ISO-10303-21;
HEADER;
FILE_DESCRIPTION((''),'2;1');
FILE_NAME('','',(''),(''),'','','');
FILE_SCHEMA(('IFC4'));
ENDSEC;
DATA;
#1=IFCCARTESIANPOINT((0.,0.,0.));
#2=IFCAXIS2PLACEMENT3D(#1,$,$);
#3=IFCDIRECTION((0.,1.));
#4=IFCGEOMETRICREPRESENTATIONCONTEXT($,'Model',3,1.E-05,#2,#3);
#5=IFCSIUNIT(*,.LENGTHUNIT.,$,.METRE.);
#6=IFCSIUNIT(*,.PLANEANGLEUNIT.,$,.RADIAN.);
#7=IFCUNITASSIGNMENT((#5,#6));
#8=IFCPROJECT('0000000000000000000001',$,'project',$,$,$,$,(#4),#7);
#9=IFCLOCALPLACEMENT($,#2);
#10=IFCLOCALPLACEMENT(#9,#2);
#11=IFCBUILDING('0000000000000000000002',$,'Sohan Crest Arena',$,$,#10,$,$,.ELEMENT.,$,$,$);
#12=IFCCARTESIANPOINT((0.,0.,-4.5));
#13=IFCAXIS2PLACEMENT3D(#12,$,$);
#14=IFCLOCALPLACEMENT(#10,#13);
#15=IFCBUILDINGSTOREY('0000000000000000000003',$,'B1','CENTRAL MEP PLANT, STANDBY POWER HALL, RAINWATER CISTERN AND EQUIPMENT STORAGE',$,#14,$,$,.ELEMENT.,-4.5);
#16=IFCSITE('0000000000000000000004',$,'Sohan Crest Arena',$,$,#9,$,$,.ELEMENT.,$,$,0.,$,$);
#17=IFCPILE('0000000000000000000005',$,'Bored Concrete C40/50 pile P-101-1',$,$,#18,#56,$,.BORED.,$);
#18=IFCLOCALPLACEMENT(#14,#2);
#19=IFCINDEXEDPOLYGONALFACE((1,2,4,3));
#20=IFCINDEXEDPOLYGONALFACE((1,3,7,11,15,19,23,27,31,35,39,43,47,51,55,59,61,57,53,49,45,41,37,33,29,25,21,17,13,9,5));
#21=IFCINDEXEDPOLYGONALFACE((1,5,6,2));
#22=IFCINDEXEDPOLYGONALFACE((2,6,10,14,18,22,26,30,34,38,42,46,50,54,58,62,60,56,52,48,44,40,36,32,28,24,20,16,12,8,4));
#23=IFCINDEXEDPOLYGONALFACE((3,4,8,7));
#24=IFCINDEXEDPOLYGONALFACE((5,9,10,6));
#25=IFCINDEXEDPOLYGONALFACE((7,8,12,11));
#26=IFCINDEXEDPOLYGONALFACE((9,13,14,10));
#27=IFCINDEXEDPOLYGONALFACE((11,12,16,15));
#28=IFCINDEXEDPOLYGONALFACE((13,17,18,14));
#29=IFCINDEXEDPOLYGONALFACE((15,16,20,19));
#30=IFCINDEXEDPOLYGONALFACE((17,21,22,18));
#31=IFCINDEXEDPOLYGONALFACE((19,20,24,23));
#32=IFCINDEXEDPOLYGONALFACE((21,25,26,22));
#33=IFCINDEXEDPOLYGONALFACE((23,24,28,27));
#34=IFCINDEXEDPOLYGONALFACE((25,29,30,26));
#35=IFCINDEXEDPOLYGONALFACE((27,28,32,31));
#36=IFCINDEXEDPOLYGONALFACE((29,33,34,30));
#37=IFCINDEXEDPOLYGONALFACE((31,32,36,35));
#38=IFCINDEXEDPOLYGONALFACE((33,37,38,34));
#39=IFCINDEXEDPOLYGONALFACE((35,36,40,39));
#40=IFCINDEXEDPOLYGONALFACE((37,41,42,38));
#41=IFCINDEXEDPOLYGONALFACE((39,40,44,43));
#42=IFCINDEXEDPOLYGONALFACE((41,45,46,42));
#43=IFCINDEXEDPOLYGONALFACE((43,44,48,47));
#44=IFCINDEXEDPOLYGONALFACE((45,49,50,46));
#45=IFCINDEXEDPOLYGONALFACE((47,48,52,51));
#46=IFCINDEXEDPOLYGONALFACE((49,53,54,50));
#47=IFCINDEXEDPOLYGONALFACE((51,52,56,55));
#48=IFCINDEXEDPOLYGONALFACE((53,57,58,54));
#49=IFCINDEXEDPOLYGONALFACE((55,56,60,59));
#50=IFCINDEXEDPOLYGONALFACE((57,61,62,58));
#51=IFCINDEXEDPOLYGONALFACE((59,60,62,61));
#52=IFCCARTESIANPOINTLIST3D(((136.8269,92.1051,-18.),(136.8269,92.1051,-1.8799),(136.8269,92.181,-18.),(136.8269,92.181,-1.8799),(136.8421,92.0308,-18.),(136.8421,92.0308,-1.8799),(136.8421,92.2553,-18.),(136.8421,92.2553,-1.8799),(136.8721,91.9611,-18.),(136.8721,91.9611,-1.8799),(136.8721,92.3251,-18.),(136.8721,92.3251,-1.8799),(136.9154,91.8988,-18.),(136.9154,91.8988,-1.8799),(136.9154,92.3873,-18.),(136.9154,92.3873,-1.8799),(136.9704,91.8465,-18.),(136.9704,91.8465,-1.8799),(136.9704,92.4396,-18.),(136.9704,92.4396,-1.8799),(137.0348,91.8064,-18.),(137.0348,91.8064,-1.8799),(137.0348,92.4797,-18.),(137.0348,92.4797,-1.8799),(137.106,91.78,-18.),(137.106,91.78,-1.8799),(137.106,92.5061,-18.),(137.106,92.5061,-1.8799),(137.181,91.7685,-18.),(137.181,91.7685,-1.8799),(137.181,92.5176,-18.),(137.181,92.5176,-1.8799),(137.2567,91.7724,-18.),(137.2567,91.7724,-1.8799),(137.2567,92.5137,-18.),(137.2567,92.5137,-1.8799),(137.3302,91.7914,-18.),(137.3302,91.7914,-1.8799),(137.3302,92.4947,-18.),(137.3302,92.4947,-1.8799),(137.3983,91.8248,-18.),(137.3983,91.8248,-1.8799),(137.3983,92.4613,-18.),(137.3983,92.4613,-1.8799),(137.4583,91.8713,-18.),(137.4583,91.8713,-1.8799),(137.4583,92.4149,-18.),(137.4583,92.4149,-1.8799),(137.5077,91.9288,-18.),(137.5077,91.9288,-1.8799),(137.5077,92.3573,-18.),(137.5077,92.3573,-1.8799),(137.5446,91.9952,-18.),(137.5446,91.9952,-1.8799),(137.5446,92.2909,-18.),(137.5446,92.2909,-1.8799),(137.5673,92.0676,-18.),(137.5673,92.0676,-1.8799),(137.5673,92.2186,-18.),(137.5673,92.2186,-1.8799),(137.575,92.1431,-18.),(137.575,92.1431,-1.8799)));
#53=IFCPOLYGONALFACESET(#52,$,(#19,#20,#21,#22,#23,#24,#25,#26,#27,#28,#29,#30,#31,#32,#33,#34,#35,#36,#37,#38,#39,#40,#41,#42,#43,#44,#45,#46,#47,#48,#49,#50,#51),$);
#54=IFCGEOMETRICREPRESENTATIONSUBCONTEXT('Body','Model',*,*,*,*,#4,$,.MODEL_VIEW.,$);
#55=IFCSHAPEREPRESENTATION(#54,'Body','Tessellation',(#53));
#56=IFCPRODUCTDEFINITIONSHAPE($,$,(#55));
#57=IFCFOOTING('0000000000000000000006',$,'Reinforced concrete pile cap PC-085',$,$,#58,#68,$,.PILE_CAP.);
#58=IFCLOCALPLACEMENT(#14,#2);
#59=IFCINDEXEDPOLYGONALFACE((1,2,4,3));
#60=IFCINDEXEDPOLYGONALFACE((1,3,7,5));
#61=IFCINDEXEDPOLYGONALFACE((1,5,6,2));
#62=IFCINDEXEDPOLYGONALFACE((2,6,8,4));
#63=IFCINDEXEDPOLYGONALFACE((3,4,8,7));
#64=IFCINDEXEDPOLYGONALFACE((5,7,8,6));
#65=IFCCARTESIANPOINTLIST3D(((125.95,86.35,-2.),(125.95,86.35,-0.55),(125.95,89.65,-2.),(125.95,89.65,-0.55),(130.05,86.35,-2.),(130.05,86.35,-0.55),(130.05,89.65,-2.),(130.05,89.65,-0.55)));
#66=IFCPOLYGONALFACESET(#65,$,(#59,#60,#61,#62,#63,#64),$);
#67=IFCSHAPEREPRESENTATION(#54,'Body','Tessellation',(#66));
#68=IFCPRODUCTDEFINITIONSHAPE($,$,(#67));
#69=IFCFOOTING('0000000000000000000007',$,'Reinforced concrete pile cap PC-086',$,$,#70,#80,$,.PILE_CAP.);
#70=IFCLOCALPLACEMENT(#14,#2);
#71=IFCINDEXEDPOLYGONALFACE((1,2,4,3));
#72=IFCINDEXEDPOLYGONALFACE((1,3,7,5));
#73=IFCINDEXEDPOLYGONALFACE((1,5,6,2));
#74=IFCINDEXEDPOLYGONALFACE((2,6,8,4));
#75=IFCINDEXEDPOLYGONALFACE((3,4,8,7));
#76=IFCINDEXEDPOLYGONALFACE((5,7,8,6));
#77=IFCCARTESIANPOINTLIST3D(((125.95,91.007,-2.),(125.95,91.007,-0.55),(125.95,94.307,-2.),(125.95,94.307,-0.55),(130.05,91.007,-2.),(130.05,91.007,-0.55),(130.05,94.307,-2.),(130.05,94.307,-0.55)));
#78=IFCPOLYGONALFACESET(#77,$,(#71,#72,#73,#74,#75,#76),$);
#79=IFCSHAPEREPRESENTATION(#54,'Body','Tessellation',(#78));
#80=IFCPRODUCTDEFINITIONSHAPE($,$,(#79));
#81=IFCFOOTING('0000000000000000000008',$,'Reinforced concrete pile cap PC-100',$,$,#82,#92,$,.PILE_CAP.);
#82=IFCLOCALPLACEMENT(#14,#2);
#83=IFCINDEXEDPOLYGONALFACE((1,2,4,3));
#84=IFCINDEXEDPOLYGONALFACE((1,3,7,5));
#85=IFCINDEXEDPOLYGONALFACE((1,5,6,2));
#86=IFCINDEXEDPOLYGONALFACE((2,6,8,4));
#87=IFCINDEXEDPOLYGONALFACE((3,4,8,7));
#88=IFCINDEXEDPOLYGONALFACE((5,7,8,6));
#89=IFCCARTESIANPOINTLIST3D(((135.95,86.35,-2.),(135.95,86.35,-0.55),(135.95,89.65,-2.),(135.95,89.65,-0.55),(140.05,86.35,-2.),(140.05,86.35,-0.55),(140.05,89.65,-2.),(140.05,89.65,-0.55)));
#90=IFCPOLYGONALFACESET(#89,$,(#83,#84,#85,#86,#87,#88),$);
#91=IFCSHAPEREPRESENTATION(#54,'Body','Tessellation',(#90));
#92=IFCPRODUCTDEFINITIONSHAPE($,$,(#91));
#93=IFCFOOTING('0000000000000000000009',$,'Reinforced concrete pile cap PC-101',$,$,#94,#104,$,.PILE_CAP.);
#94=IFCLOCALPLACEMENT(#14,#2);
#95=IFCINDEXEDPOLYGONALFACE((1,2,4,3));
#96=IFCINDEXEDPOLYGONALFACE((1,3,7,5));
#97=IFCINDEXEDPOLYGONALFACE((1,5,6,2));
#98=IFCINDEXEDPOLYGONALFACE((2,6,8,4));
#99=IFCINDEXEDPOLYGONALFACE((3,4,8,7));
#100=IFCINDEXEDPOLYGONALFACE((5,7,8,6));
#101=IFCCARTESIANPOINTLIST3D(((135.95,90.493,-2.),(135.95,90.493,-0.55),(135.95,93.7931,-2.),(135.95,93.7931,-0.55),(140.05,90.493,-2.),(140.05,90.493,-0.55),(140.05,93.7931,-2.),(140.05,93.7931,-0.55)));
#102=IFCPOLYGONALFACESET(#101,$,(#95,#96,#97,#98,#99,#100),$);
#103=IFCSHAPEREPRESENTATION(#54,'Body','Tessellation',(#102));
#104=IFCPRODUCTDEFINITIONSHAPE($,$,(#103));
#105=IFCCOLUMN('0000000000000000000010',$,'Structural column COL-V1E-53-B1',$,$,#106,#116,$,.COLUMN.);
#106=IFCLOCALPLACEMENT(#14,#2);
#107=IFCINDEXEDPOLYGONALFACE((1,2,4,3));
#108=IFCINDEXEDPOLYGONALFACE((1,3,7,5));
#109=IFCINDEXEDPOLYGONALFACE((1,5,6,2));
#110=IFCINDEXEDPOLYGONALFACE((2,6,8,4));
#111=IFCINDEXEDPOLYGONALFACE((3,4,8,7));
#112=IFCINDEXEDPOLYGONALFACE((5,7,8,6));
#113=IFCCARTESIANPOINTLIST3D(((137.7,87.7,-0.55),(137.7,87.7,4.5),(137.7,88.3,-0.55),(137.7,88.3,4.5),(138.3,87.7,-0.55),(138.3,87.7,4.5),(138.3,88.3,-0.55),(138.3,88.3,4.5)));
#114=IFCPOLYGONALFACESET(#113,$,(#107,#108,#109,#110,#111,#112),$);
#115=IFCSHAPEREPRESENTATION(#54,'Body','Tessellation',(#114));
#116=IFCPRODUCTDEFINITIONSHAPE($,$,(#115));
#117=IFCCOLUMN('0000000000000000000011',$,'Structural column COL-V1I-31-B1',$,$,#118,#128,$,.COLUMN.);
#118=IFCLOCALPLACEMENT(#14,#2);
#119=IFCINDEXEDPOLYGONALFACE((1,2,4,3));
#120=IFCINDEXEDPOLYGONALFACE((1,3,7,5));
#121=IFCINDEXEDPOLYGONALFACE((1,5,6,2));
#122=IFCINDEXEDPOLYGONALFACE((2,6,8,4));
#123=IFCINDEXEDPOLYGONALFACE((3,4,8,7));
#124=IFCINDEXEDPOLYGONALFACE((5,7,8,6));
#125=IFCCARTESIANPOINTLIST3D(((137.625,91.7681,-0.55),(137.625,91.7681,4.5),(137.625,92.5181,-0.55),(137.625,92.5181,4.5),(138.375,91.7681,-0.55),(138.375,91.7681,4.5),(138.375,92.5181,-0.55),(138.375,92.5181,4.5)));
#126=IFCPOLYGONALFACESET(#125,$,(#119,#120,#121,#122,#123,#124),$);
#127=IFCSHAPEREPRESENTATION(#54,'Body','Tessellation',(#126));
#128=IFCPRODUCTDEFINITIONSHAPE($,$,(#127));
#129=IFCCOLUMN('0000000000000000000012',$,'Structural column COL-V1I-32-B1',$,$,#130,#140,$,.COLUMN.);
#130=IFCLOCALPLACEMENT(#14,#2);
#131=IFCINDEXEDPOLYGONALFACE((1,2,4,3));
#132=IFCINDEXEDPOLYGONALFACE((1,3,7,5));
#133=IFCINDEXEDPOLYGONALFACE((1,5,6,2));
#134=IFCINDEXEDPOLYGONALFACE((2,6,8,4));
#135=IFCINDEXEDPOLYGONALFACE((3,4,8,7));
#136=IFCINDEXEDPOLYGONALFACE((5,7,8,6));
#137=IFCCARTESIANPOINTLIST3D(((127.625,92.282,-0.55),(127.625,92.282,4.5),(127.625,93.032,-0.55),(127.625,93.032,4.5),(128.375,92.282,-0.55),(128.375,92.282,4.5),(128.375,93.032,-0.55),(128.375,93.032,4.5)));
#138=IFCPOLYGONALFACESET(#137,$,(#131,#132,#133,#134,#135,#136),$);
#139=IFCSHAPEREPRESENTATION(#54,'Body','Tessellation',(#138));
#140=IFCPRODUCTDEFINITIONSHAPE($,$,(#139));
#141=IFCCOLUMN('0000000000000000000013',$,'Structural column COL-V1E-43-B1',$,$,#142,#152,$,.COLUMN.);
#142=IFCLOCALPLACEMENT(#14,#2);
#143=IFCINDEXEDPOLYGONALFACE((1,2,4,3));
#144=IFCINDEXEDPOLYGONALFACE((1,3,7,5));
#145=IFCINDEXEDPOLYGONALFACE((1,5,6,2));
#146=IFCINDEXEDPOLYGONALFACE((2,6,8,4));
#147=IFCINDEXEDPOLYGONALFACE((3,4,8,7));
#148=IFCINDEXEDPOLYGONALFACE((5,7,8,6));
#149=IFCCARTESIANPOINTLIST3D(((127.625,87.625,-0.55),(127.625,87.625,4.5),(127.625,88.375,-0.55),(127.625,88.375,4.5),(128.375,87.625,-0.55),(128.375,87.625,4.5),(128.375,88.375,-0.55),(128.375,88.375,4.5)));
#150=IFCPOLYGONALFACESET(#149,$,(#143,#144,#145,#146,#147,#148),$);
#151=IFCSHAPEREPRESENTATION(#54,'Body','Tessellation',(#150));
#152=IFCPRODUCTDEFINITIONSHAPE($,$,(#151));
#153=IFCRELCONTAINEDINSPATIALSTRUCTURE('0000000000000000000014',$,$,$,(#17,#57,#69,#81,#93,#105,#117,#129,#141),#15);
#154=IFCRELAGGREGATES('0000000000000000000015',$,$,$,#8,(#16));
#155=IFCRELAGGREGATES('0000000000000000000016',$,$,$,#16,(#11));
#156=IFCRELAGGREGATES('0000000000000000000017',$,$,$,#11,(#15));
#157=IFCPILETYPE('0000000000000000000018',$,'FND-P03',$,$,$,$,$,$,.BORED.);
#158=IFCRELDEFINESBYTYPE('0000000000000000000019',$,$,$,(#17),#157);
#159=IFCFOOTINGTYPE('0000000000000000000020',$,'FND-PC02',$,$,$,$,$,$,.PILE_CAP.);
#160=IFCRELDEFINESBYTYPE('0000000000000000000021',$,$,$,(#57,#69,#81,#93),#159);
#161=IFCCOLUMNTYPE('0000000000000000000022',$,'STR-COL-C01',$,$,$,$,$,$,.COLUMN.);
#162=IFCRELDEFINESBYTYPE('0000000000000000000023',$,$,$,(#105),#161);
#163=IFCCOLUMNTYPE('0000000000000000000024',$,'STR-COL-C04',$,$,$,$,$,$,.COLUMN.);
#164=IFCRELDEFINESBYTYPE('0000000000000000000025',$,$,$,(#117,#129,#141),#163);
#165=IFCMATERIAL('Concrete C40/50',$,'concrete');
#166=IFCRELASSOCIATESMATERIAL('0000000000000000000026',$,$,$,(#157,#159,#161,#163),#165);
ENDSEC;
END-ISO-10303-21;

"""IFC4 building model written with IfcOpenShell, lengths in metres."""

from ifc_helpers import new_model, si_unit, direction, frame, origin, origin_2d, place, context, subcontext, project, spatial, rectangle, circle, extrude, material, material_profile, profile_set, type_object, element, save


model = new_model("IFC4")

# Units and contexts
model_context = context("Model", 3, precision=1e-05, world=origin(), true_north=direction((0.0, 1.0)))
body_context = subcontext(model_context, "Body", "Model", "MODEL_VIEW")
ifc_project = project(units=[si_unit("LENGTHUNIT", "METRE"), si_unit("PLANEANGLEUNIT", "RADIAN")], contexts=[model_context])

# Site, building, storey
site_placement = place(None, origin())
site = spatial("IfcSite", under=ifc_project, at=site_placement, Name="Sohan Crest Arena", CompositionType="ELEMENT", RefElevation=0.0)
building_placement = place(site_placement, origin())
building = spatial("IfcBuilding", under=site, at=building_placement, Name="Sohan Crest Arena", CompositionType="ELEMENT")
storey_placement = place(building_placement, frame((0.0, 0.0, -4.5)))
storey = spatial("IfcBuildingStorey", under=building, at=storey_placement, Name="B1", Description="CENTRAL MEP PLANT, STANDBY POWER HALL, RAINWATER CISTERN AND EQUIPMENT STORAGE", CompositionType="ELEMENT", Elevation=-4.5)

# Shared definitions
ifc_material = material(Name="Concrete C40/50", Category="concrete")

# Pile
ifc_material_profile_1 = material_profile(ifc_material, circle(Radius=0.375, at=origin_2d()), Name="PILE D750")
ifc_profile_set_1 = profile_set([ifc_material_profile_1], Name="Concrete C40/50")
pile_type = type_object("IfcPileType", Name="FND-P03", PredefinedType="BORED", material=ifc_profile_set_1)
for number, where, z_axis, x_axis, name in (
    (1, (137.2, 92.1431, -18.0), (0.0, 0.0, 1.0), (1.0, 0.0, 0.0), "Bored Concrete C40/50 pile P-101-1"),
):
    element("IfcPile", number, at=place(storey_placement, frame(where, z_axis=z_axis, x_axis=x_axis)), inside=storey, type_object=pile_type, Name=name, PredefinedType="BORED", context=body_context, shape_type="SweptSolid", body=[
        extrude(circle(Radius=0.375, at=origin_2d()), origin(), (0.0, 0.0, 1.0), 16.1201),
    ])

# Footings
footing_type_1 = type_object("IfcFootingType", Name="FND-PC02", PredefinedType="PILE_CAP", material=ifc_material)
for number, where, z_axis, x_axis, name in (
    (2, (128.0, 88.0, -2.0), (0.0, 0.0, 1.0), (1.0, 0.0, 0.0), "Reinforced concrete pile cap PC-085"),
    (3, (128.0, 92.657, -2.0), (0.0, 0.0, 1.0), (1.0, 0.0, 0.0), "Reinforced concrete pile cap PC-086"),
    (4, (138.0, 88.0, -2.0), (0.0, 0.0, 1.0), (1.0, 0.0, 0.0), "Reinforced concrete pile cap PC-100"),
    (5, (138.0, 92.1431, -2.0), (0.0, 0.0, 1.0), (1.0, 0.0, 0.0), "Reinforced concrete pile cap PC-101"),
):
    element("IfcFooting", number, at=place(storey_placement, frame(where, z_axis=z_axis, x_axis=x_axis)), inside=storey, type_object=footing_type_1, Name=name, PredefinedType="PILE_CAP", context=body_context, shape_type="SweptSolid", body=[
        extrude(rectangle(XDim=4.1001, YDim=3.3, at=origin_2d()), origin(), (0.0, 0.0, 1.0), 1.45),
    ])

# Columns
ifc_material_profile_2 = material_profile(ifc_material, rectangle(XDim=0.6001, YDim=0.6001, at=origin_2d()), Name="RC 600x600")
ifc_profile_set_2 = profile_set([ifc_material_profile_2], Name="Concrete C40/50")
column_type_1 = type_object("IfcColumnType", Name="STR-COL-C01", PredefinedType="COLUMN", material=ifc_profile_set_2)
column_placement = place(storey_placement, frame((138.0, 88.0, -0.55), z_axis=(0.0, 0.0, 1.0), x_axis=(1.0, 0.0, 0.0)))
element("IfcColumn", 6, at=column_placement, inside=storey, type_object=column_type_1, Name="Structural column COL-V1E-53-B1", PredefinedType="COLUMN", context=body_context, shape_type="SweptSolid", body=[
    extrude(rectangle(XDim=0.6001, YDim=0.6001, at=origin_2d()), origin(), (0.0, 0.0, 1.0), 5.05),
])
ifc_material_profile_3 = material_profile(ifc_material, rectangle(XDim=0.75, YDim=0.75, at=origin_2d()), Name="RC 750x750")
ifc_profile_set_3 = profile_set([ifc_material_profile_3], Name="Concrete C40/50")
column_type_2 = type_object("IfcColumnType", Name="STR-COL-C04", PredefinedType="COLUMN", material=ifc_profile_set_3)
for number, where, z_axis, x_axis, name in (
    (7, (138.0, 92.1431, -0.55), (0.0, 0.0, 1.0), (1.0, 0.0, 0.0), "Structural column COL-V1I-31-B1"),
    (8, (128.0, 92.657, -0.55), (0.0, 0.0, 1.0), (1.0, 0.0, 0.0), "Structural column COL-V1I-32-B1"),
    (9, (128.0, 88.0, -0.55), (0.0, 0.0, 1.0), (1.0, 0.0, 0.0), "Structural column COL-V1E-43-B1"),
):
    element("IfcColumn", number, at=place(storey_placement, frame(where, z_axis=z_axis, x_axis=x_axis)), inside=storey, type_object=column_type_2, Name=name, PredefinedType="COLUMN", context=body_context, shape_type="SweptSolid", body=[
        extrude(rectangle(XDim=0.75, YDim=0.75, at=origin_2d()), origin(), (0.0, 0.0, 1.0), 5.05),
    ])

save(model, "model.ifc")
